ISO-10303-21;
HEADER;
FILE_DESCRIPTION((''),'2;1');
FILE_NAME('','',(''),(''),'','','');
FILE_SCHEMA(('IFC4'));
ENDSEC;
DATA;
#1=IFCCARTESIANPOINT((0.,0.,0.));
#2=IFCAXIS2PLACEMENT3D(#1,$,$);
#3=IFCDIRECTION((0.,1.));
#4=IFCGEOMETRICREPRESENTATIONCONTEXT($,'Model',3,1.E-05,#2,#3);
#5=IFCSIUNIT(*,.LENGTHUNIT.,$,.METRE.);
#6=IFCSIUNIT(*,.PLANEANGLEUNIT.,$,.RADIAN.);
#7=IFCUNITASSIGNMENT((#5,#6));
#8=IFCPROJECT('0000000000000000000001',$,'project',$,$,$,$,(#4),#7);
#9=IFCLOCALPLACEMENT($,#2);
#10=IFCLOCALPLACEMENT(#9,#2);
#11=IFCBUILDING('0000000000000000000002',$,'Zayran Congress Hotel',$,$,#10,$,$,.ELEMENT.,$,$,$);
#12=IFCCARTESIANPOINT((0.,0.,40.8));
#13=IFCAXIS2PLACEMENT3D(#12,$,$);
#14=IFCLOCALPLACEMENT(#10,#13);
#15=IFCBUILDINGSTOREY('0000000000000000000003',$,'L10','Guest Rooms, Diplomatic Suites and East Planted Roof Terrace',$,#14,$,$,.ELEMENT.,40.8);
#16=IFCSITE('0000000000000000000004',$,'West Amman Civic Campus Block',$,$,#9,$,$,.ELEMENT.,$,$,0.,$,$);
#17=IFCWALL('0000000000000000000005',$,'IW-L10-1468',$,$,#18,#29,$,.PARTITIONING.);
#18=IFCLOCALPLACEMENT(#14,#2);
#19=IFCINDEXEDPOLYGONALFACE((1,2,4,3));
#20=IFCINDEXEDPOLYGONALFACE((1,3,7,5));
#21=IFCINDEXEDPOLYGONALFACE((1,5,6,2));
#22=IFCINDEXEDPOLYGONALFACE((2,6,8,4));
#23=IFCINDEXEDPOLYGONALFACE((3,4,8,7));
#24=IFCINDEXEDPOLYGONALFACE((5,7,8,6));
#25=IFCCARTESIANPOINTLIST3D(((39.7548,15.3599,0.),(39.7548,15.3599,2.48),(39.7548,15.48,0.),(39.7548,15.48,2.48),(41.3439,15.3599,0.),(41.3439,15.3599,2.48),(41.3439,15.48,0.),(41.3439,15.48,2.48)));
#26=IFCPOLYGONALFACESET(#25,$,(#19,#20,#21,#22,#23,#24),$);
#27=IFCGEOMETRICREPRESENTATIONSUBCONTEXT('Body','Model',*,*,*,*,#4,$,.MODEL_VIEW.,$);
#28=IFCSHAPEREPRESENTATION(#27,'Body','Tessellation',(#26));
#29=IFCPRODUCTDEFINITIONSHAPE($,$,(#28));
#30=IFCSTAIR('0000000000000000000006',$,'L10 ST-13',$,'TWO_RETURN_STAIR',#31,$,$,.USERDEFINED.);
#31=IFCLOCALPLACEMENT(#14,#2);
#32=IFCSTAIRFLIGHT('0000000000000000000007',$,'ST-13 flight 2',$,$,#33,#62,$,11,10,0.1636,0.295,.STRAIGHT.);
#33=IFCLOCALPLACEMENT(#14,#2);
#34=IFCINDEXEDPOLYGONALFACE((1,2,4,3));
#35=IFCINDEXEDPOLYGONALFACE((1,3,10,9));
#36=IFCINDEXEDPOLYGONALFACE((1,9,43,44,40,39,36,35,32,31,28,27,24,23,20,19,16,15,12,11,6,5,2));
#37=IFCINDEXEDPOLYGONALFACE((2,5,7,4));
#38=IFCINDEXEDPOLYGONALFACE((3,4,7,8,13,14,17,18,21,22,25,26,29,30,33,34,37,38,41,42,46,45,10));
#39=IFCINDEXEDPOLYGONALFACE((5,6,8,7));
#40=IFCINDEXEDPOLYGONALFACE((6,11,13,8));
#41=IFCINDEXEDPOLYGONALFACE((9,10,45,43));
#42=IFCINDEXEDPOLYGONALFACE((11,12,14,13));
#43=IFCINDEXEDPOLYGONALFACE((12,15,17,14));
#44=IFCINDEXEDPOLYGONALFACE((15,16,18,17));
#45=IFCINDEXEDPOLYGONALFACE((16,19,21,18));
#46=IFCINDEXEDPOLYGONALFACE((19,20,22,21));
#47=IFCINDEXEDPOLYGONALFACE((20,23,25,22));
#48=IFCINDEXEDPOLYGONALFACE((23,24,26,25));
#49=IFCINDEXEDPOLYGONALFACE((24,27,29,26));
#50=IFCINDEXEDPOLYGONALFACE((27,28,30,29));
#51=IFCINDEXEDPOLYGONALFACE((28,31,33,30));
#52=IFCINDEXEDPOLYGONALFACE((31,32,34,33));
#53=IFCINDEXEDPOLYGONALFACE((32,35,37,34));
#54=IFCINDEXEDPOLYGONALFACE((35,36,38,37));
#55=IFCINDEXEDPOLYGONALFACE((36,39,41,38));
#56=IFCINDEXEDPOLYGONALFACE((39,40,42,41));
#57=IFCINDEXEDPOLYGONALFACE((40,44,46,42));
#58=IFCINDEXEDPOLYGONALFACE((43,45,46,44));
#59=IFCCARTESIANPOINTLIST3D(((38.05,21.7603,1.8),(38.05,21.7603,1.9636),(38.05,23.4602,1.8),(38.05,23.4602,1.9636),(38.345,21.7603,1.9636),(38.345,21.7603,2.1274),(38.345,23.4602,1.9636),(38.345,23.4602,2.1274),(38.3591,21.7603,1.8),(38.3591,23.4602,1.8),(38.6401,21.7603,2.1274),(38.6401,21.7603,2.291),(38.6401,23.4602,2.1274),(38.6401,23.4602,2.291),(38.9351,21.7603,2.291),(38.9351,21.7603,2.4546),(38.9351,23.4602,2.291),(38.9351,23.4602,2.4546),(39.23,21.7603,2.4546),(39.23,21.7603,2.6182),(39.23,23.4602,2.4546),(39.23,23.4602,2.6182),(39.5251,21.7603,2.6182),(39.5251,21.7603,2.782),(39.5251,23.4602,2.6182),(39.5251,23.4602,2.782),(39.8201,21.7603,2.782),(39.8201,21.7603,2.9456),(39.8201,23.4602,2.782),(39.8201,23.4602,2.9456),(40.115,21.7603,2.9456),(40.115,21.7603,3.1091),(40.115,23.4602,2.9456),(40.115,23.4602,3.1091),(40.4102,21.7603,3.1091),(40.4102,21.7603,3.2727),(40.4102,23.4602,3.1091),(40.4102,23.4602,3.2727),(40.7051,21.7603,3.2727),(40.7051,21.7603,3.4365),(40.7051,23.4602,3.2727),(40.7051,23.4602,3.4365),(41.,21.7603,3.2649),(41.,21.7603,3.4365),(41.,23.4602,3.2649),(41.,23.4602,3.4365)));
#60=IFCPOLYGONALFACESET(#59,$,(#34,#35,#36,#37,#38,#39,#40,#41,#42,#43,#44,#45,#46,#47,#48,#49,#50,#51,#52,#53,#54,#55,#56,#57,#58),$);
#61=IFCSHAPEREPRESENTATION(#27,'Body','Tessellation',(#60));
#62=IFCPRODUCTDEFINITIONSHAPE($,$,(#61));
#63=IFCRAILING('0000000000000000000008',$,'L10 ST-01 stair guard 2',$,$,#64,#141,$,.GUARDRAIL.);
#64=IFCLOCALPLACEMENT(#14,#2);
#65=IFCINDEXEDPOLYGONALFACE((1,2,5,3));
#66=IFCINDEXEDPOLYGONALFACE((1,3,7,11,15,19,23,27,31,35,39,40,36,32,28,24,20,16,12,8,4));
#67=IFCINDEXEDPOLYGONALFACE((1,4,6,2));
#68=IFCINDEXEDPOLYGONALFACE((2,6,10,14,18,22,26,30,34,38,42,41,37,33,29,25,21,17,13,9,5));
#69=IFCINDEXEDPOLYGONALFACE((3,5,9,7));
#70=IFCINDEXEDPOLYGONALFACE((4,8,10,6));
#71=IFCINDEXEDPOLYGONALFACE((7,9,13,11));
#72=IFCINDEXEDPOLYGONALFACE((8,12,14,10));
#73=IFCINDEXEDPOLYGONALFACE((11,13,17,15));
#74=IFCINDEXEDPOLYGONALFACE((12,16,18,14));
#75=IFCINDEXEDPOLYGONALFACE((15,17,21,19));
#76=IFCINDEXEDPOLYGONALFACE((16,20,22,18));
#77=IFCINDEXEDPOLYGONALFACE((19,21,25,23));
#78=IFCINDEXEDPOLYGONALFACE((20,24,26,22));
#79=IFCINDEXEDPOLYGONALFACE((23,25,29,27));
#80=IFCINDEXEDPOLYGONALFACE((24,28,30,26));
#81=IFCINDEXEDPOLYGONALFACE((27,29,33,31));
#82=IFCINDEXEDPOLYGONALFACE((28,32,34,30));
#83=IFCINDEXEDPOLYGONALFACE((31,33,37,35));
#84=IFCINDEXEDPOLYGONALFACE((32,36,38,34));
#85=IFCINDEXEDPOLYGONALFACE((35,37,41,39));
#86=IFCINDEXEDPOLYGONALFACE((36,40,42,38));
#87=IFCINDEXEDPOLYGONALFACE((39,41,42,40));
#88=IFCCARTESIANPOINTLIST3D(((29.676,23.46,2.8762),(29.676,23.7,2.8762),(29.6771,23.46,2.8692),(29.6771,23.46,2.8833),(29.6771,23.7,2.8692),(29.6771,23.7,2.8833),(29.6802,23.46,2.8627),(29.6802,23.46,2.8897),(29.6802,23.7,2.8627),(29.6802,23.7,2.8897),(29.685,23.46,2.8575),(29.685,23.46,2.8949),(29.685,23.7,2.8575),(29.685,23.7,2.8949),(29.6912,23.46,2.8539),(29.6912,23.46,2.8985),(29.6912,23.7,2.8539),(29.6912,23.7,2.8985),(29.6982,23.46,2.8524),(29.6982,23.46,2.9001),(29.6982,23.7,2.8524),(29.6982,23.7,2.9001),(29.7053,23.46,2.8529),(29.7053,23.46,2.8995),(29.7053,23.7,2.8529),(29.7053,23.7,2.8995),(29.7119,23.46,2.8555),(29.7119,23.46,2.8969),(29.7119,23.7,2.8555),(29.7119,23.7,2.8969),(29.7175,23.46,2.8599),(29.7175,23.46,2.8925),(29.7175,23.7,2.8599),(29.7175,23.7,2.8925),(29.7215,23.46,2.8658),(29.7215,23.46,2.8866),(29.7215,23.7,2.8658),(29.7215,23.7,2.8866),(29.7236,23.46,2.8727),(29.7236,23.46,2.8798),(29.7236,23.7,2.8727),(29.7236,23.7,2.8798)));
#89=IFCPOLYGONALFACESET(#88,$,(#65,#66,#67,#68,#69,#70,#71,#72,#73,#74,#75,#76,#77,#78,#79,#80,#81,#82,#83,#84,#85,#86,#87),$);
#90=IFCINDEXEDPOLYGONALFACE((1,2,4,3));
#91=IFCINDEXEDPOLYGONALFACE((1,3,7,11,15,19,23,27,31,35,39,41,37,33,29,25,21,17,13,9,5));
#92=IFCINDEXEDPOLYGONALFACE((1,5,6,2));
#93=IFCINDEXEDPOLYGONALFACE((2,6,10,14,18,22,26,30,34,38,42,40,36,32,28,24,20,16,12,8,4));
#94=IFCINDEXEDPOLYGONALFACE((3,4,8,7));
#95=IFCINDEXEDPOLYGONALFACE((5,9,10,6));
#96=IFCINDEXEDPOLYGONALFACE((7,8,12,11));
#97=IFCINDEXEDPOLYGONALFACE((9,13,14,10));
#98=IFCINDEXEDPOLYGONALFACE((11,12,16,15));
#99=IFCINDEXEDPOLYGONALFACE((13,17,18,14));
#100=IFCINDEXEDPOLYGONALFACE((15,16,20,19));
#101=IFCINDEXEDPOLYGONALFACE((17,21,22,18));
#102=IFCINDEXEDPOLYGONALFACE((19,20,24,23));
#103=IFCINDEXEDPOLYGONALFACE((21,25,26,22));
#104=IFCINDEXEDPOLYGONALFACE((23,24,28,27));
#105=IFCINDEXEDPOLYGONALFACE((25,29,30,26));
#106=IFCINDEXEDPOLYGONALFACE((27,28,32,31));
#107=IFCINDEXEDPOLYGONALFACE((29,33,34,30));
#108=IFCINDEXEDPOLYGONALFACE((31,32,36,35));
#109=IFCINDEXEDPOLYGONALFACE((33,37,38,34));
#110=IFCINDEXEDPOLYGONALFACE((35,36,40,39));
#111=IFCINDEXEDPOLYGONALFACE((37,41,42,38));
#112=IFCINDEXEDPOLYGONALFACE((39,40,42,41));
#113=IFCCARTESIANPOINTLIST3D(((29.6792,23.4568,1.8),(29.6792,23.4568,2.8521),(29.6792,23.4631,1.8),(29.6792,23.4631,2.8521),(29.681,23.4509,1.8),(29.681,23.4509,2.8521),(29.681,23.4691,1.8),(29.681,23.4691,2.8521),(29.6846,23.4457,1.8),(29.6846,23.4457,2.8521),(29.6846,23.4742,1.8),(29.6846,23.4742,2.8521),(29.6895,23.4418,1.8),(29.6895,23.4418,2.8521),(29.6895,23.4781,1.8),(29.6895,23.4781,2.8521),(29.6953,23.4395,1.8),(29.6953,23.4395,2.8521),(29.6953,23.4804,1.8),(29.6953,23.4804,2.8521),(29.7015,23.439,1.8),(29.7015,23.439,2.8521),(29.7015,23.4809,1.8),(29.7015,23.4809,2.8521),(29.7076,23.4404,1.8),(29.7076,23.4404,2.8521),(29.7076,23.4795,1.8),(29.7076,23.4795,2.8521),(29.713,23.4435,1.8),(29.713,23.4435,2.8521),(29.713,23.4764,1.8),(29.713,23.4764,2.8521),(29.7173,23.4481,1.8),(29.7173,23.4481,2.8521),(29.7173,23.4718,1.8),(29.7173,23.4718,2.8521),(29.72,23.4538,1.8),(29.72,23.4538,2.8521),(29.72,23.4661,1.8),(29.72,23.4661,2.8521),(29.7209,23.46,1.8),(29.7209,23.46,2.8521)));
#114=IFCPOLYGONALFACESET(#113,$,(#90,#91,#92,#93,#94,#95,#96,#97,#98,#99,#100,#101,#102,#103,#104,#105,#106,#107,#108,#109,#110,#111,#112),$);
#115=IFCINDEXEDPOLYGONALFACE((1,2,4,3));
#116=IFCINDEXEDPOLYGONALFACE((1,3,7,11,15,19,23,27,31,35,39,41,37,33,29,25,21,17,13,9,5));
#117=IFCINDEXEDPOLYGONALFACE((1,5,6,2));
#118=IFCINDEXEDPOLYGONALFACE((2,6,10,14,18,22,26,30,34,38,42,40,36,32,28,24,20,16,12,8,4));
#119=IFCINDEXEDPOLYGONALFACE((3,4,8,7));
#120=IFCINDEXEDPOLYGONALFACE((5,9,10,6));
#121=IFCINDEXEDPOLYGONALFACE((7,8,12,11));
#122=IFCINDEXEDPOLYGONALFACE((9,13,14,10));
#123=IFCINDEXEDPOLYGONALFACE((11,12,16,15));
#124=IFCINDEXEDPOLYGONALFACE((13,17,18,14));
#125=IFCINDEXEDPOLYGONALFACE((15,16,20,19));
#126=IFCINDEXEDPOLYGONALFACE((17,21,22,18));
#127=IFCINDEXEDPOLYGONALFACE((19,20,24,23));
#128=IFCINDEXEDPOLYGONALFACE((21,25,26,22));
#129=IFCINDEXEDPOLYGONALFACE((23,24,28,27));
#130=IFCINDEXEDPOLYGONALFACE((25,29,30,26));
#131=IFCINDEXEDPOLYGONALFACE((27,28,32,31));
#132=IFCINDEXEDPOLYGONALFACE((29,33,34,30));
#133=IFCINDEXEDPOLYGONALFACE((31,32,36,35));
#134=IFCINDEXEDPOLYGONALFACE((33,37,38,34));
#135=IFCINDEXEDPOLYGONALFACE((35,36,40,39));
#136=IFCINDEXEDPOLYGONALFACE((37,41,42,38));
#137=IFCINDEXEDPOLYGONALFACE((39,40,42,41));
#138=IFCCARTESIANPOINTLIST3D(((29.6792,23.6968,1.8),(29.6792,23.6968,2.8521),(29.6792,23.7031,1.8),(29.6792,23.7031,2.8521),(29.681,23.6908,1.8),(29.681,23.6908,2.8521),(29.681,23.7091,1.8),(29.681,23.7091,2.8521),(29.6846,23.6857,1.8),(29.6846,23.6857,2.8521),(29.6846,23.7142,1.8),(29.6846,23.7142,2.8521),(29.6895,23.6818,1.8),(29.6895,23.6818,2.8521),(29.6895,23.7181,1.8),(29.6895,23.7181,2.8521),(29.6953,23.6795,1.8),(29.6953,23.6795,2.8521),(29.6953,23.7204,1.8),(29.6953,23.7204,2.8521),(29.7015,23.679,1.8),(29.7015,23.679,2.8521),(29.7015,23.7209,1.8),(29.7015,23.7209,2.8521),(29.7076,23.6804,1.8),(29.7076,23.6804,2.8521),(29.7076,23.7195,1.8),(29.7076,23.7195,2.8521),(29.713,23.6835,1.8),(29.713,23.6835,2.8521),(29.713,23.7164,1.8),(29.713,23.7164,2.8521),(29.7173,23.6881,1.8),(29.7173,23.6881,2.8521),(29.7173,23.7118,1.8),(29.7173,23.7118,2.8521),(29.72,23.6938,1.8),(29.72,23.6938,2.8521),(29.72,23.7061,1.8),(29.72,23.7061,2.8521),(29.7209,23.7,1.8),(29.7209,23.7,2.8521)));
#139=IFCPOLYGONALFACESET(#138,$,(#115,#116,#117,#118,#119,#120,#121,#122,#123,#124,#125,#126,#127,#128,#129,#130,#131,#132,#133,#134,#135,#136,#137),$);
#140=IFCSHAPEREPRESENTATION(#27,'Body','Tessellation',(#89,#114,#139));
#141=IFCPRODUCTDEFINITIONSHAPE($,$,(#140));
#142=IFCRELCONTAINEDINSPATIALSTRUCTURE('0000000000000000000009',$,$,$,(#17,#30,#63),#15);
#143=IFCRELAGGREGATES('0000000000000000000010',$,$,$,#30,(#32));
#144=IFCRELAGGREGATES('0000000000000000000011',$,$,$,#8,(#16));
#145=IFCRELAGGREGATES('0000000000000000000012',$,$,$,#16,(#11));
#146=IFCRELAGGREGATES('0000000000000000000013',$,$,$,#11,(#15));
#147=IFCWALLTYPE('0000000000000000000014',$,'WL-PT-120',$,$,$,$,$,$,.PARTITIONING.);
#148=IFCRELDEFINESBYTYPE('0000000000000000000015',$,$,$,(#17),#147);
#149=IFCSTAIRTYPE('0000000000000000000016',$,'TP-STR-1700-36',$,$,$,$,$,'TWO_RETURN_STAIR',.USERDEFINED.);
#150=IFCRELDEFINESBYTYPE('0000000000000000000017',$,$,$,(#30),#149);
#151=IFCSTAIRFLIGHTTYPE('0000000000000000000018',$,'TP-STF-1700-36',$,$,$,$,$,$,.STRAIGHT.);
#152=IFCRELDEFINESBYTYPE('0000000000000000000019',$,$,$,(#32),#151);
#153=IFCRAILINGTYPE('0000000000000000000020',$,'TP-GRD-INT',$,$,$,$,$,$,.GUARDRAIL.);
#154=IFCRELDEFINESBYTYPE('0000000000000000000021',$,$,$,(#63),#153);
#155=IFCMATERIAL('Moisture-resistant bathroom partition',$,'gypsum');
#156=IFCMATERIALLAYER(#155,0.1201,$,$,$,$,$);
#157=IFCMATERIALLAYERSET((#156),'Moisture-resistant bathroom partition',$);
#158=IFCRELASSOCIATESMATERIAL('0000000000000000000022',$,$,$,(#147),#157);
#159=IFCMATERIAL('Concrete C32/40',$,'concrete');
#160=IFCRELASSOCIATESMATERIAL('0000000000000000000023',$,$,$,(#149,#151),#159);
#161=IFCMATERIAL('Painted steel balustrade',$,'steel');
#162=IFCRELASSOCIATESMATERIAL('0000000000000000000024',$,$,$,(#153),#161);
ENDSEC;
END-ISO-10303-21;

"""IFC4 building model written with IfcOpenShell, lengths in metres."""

from ifc_helpers import new_model, si_unit, direction, frame, frame_2d, origin, origin_2d, place, context, subcontext, project, spatial, polyline, rectangle, circle, outline, extrude, material, layer, layer_set, type_object, element, aggregate, save


model = new_model("IFC4")

# Units and contexts
model_context = context("Model", 3, precision=1e-05, world=origin(), true_north=direction((0.0, 1.0)))
body_context = subcontext(model_context, "Body", "Model", "MODEL_VIEW")
ifc_project = project(units=[si_unit("LENGTHUNIT", "METRE"), si_unit("PLANEANGLEUNIT", "RADIAN")], contexts=[model_context])

# Site, building, storey
site_placement = place(None, origin())
site = spatial("IfcSite", under=ifc_project, at=site_placement, Name="West Amman Civic Campus Block", CompositionType="ELEMENT", RefElevation=0.0)
building_placement = place(site_placement, origin())
building = spatial("IfcBuilding", under=site, at=building_placement, Name="Zayran Congress Hotel", CompositionType="ELEMENT")
storey_placement = place(building_placement, frame((0.0, 0.0, 40.8)))
storey = spatial("IfcBuildingStorey", under=building, at=storey_placement, Name="L10", Description="Guest Rooms, Diplomatic Suites and East Planted Roof Terrace", CompositionType="ELEMENT", Elevation=40.8)

# Wall
ifc_material_1 = material(Name="Moisture-resistant bathroom partition", Category="gypsum")
ifc_layer_1 = layer(ifc_material_1, 0.1201)
ifc_layer_set_1 = layer_set([ifc_layer_1], Name="Moisture-resistant bathroom partition")
wall_type_1 = type_object("IfcWallType", Name="WL-PT-120", PredefinedType="PARTITIONING", material=ifc_layer_set_1)
for number, where, z_axis, x_axis, name in (
    (1, (39.7549, 15.4199, 0.0), (0.0, 0.0, 1.0), (1.0, 0.0, 0.0), "IW-L10-1468"),
):
    element("IfcWall", number, at=place(storey_placement, frame(where, z_axis=z_axis, x_axis=x_axis)), inside=storey, type_object=wall_type_1, Name=name, PredefinedType="PARTITIONING", context=body_context, shape_type="SweptSolid", body=[
        extrude(rectangle(XDim=1.5891, YDim=0.1201, at=frame_2d((0.7944, 0.0))), origin(), (0.0, 0.0, 1.0), 2.48),
    ])

# Stair, stair flight
ifc_material_2 = material(Name="Concrete C32/40", Category="concrete")
stair_type = type_object("IfcStairType", Name="TP-STR-1700-36", ElementType="TWO_RETURN_STAIR", PredefinedType="USERDEFINED", material=ifc_material_2)
stair_placement = place(storey_placement, origin())
stair = element("IfcStair", 2, at=stair_placement, inside=storey, type_object=stair_type, Name="L10 ST-13", ObjectType="TWO_RETURN_STAIR", PredefinedType="USERDEFINED")
stair_flight_type = type_object("IfcStairFlightType", Name="TP-STF-1700-36", PredefinedType="STRAIGHT", material=ifc_material_2)
stair_flight_placement = place(storey_placement, frame((38.05, 22.6101, 1.8), z_axis=(0.0, 0.0, 1.0), x_axis=(1.0, 0.0, 0.0)))
stair_flight = element("IfcStairFlight", 3, at=stair_flight_placement, type_object=stair_flight_type, Name="ST-13 flight 2", NumberOfRisers=11, NumberOfTreads=10, PredefinedType="STRAIGHT", RiserHeight=0.1636, TreadLength=0.295, context=body_context, shape_type="SweptSolid", body=[
    extrude(outline(polyline([(0.0, 0.0), (0.0, 0.1636), (0.2949, 0.1636), (0.2949, 0.3274), (0.5901, 0.3274), (0.5901, 0.491), (0.885, 0.491), (0.885, 0.6545), (1.1799, 0.6545), (1.1799, 0.8181), (1.4751, 0.8181), (1.4751, 0.9819), (1.77, 0.9819), (1.77, 1.1455), (2.0649, 1.1455), (2.0649, 1.3091), (2.3601, 1.3091), (2.3601, 1.4727), (2.655, 1.4727), (2.655, 1.6365), (2.95, 1.6365), (2.95, 1.8), (2.95, 1.4648), (0.3091, 0.0), (0.0, 0.0)])), frame((0.0, 0.8501, 0.0), z_axis=(0.0, -1.0, 0.0), x_axis=(1.0, 0.0, 0.0)), (0.0, 0.0, 1.0), 1.7),
])
aggregate(stair, [stair_flight])

# Railing
ifc_material_3 = material(Name="Painted steel balustrade", Category="steel")
railing_type_1 = type_object("IfcRailingType", Name="TP-GRD-INT", PredefinedType="GUARDRAIL", material=ifc_material_3)
railing_1_placement = place(storey_placement, frame((29.7, 23.46, 1.8)))
element("IfcRailing", 4, at=railing_1_placement, inside=storey, type_object=railing_type_1, Name="L10 ST-01 stair guard 2", PredefinedType="GUARDRAIL", context=body_context, shape_type="SweptSolid", body=[
    extrude(circle(Radius=0.0239, at=origin_2d()), frame((0.0, 0.0, 1.0762), z_axis=(0.0, 1.0, 0.0), x_axis=(-1.0, 0.0, 0.0)), (0.0, 0.0, 1.0), 0.24),
    extrude(circle(Radius=0.021, at=origin_2d()), origin(), (0.0, 0.0, 1.0), 1.052),
    extrude(circle(Radius=0.021, at=origin_2d()), frame((0.0, 0.24, 0.0)), (0.0, 0.0, 1.0), 1.052),
])

save(model, "model.ifc")
